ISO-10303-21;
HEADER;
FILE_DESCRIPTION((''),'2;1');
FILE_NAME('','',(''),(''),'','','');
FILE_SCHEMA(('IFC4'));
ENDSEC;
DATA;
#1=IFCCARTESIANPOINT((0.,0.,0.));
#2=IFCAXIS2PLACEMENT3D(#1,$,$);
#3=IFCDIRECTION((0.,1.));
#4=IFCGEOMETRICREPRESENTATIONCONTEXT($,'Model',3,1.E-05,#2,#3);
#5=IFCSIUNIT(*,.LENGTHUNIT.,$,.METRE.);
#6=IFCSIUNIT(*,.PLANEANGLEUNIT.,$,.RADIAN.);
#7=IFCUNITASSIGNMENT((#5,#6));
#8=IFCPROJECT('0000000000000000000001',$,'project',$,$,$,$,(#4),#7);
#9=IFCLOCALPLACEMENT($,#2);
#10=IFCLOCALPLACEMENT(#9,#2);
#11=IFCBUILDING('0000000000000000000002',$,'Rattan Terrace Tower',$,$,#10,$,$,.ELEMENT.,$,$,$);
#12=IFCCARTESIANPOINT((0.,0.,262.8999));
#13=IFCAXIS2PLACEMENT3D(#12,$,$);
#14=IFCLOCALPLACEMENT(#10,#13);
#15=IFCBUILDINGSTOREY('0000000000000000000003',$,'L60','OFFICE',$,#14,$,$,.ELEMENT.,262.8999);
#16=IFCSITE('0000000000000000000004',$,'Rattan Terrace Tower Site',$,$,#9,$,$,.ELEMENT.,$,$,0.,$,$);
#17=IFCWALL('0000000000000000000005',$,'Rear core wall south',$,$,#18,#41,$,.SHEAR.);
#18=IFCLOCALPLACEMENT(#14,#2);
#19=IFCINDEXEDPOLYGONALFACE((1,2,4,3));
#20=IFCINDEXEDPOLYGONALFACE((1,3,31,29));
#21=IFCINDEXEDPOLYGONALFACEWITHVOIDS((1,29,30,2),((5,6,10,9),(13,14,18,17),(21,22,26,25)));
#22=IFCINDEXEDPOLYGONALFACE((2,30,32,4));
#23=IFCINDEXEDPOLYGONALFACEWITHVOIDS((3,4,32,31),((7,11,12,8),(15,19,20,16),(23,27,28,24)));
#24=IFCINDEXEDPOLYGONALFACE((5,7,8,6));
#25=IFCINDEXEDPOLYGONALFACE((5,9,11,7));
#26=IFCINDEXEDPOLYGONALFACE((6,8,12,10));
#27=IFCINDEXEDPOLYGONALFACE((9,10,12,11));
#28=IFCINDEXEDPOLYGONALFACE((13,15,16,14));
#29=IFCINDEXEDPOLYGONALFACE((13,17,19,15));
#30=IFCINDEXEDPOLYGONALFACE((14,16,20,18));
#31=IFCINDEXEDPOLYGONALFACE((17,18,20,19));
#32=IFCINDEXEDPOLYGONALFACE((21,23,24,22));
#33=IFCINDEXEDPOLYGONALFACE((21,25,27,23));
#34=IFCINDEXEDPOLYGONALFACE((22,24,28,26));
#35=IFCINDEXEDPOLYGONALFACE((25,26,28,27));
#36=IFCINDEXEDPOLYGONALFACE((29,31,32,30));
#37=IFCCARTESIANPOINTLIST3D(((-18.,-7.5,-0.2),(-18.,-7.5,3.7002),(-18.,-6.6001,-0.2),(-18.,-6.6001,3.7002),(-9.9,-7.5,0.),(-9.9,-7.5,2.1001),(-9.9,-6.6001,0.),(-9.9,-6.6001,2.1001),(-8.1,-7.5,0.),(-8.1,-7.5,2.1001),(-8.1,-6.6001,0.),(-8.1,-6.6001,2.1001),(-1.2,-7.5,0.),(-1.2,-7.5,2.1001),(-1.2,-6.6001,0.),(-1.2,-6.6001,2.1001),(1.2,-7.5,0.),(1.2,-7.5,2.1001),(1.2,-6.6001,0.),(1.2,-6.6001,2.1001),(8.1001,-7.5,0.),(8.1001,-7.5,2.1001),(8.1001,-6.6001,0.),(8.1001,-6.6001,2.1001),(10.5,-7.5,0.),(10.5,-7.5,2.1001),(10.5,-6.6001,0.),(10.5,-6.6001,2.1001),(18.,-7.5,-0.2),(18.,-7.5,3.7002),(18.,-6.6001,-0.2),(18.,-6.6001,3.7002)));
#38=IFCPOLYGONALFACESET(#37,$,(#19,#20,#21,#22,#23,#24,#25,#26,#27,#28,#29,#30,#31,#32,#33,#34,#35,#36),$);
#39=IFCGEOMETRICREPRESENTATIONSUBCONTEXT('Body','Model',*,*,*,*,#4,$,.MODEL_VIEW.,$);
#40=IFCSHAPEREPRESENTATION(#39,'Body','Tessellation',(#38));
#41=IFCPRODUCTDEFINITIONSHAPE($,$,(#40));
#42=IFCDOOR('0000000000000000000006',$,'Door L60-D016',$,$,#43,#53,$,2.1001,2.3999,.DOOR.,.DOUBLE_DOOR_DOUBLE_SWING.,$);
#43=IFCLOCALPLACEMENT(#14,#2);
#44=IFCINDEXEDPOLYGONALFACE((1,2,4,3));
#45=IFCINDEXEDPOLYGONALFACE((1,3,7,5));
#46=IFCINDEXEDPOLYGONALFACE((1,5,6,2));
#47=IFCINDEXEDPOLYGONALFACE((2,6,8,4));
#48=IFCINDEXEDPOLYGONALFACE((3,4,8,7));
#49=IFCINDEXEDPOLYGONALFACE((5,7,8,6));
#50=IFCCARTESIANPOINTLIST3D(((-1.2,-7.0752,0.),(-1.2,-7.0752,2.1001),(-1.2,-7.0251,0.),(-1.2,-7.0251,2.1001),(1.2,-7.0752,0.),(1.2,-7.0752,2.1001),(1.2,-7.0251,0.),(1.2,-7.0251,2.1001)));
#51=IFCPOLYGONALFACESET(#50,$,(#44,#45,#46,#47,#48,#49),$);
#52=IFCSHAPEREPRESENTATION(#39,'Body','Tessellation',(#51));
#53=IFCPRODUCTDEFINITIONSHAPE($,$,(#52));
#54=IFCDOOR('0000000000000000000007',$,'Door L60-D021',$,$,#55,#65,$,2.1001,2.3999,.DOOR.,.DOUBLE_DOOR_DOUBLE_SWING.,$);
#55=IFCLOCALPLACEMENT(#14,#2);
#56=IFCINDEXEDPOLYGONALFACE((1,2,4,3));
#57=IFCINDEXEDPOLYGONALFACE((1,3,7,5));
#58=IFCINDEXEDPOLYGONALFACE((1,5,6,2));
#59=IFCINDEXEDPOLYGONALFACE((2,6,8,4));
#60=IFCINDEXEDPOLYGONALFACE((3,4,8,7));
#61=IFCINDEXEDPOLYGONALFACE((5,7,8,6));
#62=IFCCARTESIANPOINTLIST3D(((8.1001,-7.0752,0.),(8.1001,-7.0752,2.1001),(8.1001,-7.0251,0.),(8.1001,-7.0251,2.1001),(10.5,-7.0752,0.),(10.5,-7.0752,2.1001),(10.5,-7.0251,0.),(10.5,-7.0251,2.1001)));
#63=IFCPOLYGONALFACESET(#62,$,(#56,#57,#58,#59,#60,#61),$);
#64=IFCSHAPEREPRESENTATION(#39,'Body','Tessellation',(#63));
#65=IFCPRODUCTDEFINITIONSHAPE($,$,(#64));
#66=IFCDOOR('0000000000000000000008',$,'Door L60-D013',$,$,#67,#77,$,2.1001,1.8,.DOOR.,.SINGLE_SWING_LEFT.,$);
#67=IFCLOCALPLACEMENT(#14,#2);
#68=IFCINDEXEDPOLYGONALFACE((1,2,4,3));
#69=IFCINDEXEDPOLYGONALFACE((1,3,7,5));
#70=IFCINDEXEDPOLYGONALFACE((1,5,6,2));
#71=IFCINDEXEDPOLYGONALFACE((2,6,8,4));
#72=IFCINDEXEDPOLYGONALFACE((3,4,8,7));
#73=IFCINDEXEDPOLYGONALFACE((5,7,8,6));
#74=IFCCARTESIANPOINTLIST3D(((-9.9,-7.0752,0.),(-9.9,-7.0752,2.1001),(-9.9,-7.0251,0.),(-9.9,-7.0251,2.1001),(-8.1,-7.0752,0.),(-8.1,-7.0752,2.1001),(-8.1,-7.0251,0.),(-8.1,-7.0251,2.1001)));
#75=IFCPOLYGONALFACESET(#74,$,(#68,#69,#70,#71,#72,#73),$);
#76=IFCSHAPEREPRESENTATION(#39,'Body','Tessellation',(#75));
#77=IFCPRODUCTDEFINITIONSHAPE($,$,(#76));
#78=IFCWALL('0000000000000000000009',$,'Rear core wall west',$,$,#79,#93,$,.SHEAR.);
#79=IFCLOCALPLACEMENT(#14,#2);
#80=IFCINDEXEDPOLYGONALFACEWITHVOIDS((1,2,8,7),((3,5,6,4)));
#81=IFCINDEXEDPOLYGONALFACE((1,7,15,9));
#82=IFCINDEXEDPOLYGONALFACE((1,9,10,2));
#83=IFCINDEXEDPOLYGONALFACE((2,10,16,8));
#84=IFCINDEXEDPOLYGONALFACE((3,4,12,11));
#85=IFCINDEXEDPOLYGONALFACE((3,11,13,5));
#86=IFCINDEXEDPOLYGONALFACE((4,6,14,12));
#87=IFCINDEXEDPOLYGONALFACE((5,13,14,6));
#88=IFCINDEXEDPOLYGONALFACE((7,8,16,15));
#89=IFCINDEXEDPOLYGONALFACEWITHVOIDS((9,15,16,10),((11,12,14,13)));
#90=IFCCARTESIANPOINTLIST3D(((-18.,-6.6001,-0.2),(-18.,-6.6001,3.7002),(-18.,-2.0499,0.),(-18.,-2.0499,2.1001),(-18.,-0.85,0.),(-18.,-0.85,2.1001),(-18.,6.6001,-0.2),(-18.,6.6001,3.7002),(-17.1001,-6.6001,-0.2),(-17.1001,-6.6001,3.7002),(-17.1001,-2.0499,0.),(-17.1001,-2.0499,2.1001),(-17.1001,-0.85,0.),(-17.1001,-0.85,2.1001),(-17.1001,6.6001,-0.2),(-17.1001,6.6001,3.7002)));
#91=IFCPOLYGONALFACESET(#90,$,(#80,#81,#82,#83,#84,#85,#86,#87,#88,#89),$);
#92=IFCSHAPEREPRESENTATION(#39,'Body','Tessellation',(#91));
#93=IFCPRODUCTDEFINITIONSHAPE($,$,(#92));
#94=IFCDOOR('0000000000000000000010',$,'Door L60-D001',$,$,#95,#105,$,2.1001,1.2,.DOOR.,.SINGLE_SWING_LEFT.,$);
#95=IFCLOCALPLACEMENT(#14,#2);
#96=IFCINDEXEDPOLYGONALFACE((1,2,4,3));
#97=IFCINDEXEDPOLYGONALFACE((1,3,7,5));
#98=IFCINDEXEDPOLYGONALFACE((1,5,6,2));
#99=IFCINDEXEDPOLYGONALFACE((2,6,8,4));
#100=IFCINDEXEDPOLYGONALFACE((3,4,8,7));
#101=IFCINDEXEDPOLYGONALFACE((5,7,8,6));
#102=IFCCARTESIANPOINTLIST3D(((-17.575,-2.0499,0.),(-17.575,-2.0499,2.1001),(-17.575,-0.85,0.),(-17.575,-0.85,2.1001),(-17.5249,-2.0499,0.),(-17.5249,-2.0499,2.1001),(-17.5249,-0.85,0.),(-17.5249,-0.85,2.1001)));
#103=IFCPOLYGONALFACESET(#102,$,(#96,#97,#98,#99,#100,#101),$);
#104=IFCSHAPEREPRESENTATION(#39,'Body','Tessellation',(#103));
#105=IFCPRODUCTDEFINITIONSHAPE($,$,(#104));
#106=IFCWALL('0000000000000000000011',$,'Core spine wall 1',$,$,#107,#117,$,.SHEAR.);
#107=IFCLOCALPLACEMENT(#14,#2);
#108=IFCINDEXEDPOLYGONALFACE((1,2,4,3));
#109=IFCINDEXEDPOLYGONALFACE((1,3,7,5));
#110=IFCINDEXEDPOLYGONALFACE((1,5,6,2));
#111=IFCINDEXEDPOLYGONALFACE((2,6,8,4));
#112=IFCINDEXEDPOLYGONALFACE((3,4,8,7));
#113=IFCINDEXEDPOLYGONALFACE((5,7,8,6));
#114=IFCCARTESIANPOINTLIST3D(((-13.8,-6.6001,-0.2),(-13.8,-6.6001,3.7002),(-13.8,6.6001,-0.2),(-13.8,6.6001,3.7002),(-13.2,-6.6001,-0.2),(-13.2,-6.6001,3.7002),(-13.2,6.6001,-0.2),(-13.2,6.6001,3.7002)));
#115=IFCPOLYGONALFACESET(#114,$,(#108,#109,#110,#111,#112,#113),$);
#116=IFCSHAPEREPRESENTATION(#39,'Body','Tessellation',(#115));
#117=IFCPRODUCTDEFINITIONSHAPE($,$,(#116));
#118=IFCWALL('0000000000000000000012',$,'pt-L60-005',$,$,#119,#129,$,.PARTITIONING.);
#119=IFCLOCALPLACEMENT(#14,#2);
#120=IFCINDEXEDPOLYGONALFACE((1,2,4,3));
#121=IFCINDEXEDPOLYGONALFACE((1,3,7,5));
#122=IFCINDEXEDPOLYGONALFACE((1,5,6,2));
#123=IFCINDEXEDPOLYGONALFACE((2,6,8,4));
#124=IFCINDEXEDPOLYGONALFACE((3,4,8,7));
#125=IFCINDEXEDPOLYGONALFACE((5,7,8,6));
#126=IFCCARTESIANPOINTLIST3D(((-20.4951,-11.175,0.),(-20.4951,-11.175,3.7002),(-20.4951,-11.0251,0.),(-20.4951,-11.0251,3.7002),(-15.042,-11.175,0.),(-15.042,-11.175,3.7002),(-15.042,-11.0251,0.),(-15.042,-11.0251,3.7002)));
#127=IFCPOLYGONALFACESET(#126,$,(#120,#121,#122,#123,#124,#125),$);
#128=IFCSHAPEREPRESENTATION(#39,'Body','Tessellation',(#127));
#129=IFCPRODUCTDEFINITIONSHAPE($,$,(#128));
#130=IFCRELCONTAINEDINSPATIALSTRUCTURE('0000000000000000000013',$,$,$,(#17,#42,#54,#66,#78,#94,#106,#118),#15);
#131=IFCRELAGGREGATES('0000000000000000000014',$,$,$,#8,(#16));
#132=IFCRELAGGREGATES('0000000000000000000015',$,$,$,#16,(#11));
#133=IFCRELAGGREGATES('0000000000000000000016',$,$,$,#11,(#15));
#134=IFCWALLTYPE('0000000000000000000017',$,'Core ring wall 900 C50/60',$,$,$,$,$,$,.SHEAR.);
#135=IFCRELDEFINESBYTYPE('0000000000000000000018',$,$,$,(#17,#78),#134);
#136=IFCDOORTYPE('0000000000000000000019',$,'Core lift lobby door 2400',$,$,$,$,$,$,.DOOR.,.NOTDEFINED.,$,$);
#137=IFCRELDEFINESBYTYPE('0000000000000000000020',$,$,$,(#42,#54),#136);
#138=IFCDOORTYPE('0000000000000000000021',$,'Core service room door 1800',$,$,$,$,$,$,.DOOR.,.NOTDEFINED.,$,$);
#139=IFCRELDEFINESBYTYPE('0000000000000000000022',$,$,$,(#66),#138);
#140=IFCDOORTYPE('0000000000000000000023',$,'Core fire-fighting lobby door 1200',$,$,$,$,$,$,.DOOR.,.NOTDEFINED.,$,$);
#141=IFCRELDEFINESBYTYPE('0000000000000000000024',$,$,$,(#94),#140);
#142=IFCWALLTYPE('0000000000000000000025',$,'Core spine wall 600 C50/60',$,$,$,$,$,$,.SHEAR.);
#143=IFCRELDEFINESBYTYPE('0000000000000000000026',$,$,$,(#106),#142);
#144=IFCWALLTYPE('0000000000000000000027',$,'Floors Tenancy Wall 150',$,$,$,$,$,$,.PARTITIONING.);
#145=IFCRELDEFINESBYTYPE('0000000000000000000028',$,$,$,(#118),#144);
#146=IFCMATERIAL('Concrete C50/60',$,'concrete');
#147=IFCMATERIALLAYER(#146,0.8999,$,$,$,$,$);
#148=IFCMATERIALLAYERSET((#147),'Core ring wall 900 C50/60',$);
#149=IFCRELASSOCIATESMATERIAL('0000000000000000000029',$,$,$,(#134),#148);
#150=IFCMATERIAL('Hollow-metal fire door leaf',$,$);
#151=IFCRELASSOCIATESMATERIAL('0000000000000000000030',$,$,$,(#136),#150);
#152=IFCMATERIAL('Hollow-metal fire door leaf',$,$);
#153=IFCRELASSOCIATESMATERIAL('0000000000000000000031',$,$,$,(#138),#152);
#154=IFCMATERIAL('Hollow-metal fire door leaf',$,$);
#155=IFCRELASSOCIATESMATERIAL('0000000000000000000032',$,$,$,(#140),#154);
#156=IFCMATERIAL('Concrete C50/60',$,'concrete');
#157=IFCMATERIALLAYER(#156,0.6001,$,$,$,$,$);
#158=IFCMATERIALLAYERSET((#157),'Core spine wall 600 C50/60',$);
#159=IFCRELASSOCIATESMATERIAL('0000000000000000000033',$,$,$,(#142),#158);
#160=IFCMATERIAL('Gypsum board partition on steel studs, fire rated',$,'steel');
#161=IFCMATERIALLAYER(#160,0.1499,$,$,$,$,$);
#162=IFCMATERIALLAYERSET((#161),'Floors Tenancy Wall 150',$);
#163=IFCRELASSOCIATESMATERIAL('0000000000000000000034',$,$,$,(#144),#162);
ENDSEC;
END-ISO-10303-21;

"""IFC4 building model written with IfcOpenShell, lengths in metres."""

from ifc_helpers import new_model, si_unit, direction, frame, frame_2d, origin, place, context, subcontext, project, spatial, rectangle, extrude, material, layer, layer_set, type_object, element, fill, save


model = new_model("IFC4")

# Units and contexts
model_context = context("Model", 3, precision=1e-05, world=origin(), true_north=direction((0.0, 1.0)))
body_context = subcontext(model_context, "Body", "Model", "MODEL_VIEW")
ifc_project = project(units=[si_unit("LENGTHUNIT", "METRE"), si_unit("PLANEANGLEUNIT", "RADIAN")], contexts=[model_context])

# Site, building, storey
site_placement = place(None, origin())
site = spatial("IfcSite", under=ifc_project, at=site_placement, Name="Rattan Terrace Tower Site", CompositionType="ELEMENT", RefElevation=0.0)
building_placement = place(site_placement, origin())
building = spatial("IfcBuilding", under=site, at=building_placement, Name="Rattan Terrace Tower", CompositionType="ELEMENT")
storey_placement = place(building_placement, frame((0.0, 0.0, 262.8999)))
storey = spatial("IfcBuildingStorey", under=building, at=storey_placement, Name="L60", Description="OFFICE", CompositionType="ELEMENT", Elevation=262.8999)

# Wall, openings, doors
ifc_material_1 = material(Name="Concrete C50/60", Category="concrete")
ifc_layer_1 = layer(ifc_material_1, 0.8999)
ifc_layer_set_1 = layer_set([ifc_layer_1], Name="Core ring wall 900 C50/60")
wall_type_1 = type_object("IfcWallType", Name="Core ring wall 900 C50/60", PredefinedType="SHEAR", material=ifc_layer_set_1)
wall_1_placement = place(storey_placement, frame((-18.0, -7.05, -0.2), z_axis=(0.0, 0.0, 1.0), x_axis=(1.0, 0.0, 0.0)))
wall_1 = element("IfcWall", 1, at=wall_1_placement, inside=storey, type_object=wall_type_1, Name="Rear core wall south", PredefinedType="SHEAR", context=body_context, shape_type="SweptSolid", body=[
    extrude(rectangle(XDim=36.0, YDim=0.8999, at=frame_2d((18.0, 0.0))), origin(), (0.0, 0.0, 1.0), 3.9001),
])
opening_1_placement = place(wall_1_placement, frame((8.1001, 0.0, 0.2)))
opening_1 = element("IfcOpeningElement", 2, at=opening_1_placement, cuts=wall_1, PredefinedType="OPENING", context=body_context, shape_type="SweptSolid", body=[
    extrude(rectangle(XDim=1.8, YDim=2.1001, at=frame_2d((0.8999, 1.05))), frame((0.0, 0.4604, 0.0), z_axis=(0.0, -1.0, 0.0), x_axis=(1.0, 0.0, 0.0)), (0.0, 0.0, 1.0), 0.9209),
])
opening_2_placement = place(wall_1_placement, frame((16.8, 0.0, 0.2)))
opening_2 = element("IfcOpeningElement", 3, at=opening_2_placement, cuts=wall_1, PredefinedType="OPENING", context=body_context, shape_type="SweptSolid", body=[
    extrude(rectangle(XDim=2.3999, YDim=2.1001, at=frame_2d((1.2, 1.05))), frame((0.0, 0.4604, 0.0), z_axis=(0.0, -1.0, 0.0), x_axis=(1.0, 0.0, 0.0)), (0.0, 0.0, 1.0), 0.9209),
])
opening_3_placement = place(wall_1_placement, frame((26.1001, 0.0, 0.2)))
opening_3 = element("IfcOpeningElement", 4, at=opening_3_placement, cuts=wall_1, PredefinedType="OPENING", context=body_context, shape_type="SweptSolid", body=[
    extrude(rectangle(XDim=2.3999, YDim=2.1001, at=frame_2d((1.2, 1.05))), frame((0.0, 0.4604, 0.0), z_axis=(0.0, -1.0, 0.0), x_axis=(1.0, 0.0, 0.0)), (0.0, 0.0, 1.0), 0.9209),
])
ifc_material_2 = material(Name="Hollow-metal fire door leaf")
door_type_1 = type_object("IfcDoorType", Name="Core lift lobby door 2400", OperationType="NOTDEFINED", PredefinedType="DOOR", material=ifc_material_2)
door_1_placement = place(opening_2_placement, origin())
door_1 = element("IfcDoor", 5, at=door_1_placement, inside=storey, type_object=door_type_1, Name="Door L60-D016", OperationType="DOUBLE_DOOR_DOUBLE_SWING", OverallHeight=2.1001, OverallWidth=2.3999, PredefinedType="DOOR", context=body_context, shape_type="SweptSolid", body=[
    extrude(rectangle(XDim=2.3999, YDim=2.1001, at=frame_2d((1.2, 1.05))), frame((0.0, 0.0249, 0.0), z_axis=(0.0, -1.0, 0.0), x_axis=(1.0, 0.0, 0.0)), (0.0, 0.0, 1.0), 0.05),
])
fill(opening_2, door_1)
door_2_placement = place(opening_3_placement, origin())
door_2 = element("IfcDoor", 6, at=door_2_placement, inside=storey, type_object=door_type_1, Name="Door L60-D021", OperationType="DOUBLE_DOOR_DOUBLE_SWING", OverallHeight=2.1001, OverallWidth=2.3999, PredefinedType="DOOR", context=body_context, shape_type="SweptSolid", body=[
    extrude(rectangle(XDim=2.3999, YDim=2.1001, at=frame_2d((1.2, 1.05))), frame((0.0, 0.0249, 0.0), z_axis=(0.0, -1.0, 0.0), x_axis=(1.0, 0.0, 0.0)), (0.0, 0.0, 1.0), 0.05),
])
fill(opening_3, door_2)
ifc_material_3 = material(Name="Hollow-metal fire door leaf")
door_type_2 = type_object("IfcDoorType", Name="Core service room door 1800", OperationType="NOTDEFINED", PredefinedType="DOOR", material=ifc_material_3)
door_3_placement = place(opening_1_placement, origin())
door_3 = element("IfcDoor", 7, at=door_3_placement, inside=storey, type_object=door_type_2, Name="Door L60-D013", OperationType="SINGLE_SWING_LEFT", OverallHeight=2.1001, OverallWidth=1.8, PredefinedType="DOOR", context=body_context, shape_type="SweptSolid", body=[
    extrude(rectangle(XDim=1.8, YDim=2.1001, at=frame_2d((0.8999, 1.05))), frame((0.0, 0.0249, 0.0), z_axis=(0.0, -1.0, 0.0), x_axis=(1.0, 0.0, 0.0)), (0.0, 0.0, 1.0), 0.05),
])
fill(opening_1, door_3)

# Wall, opening, door
wall_2_placement = place(storey_placement, frame((-17.55, -6.6001, -0.2), z_axis=(0.0, 0.0, 1.0), x_axis=(0.0, 1.0, 0.0)))
wall_2 = element("IfcWall", 8, at=wall_2_placement, inside=storey, type_object=wall_type_1, Name="Rear core wall west", PredefinedType="SHEAR", context=body_context, shape_type="SweptSolid", body=[
    extrude(rectangle(XDim=13.2002, YDim=0.8999, at=frame_2d((6.6001, 0.0))), origin(), (0.0, 0.0, 1.0), 3.9001),
])
opening_4_placement = place(wall_2_placement, frame((4.55, 0.0, 0.2)))
opening_4 = element("IfcOpeningElement", 9, at=opening_4_placement, cuts=wall_2, PredefinedType="OPENING", context=body_context, shape_type="SweptSolid", body=[
    extrude(rectangle(XDim=1.2, YDim=2.1001, at=frame_2d((0.6001, 1.05))), frame((0.0, 0.4604, 0.0), z_axis=(0.0, -1.0, 0.0), x_axis=(1.0, 0.0, 0.0)), (0.0, 0.0, 1.0), 0.9209),
])
ifc_material_4 = material(Name="Hollow-metal fire door leaf")
door_type_3 = type_object("IfcDoorType", Name="Core fire-fighting lobby door 1200", OperationType="NOTDEFINED", PredefinedType="DOOR", material=ifc_material_4)
door_4_placement = place(opening_4_placement, origin())
door_4 = element("IfcDoor", 10, at=door_4_placement, inside=storey, type_object=door_type_3, Name="Door L60-D001", OperationType="SINGLE_SWING_LEFT", OverallHeight=2.1001, OverallWidth=1.2, PredefinedType="DOOR", context=body_context, shape_type="SweptSolid", body=[
    extrude(rectangle(XDim=1.2, YDim=2.1001, at=frame_2d((0.6001, 1.05))), frame((0.0, 0.0249, 0.0), z_axis=(0.0, -1.0, 0.0), x_axis=(1.0, 0.0, 0.0)), (0.0, 0.0, 1.0), 0.05),
])
fill(opening_4, door_4)

# Walls
ifc_material_5 = material(Name="Concrete C50/60", Category="concrete")
ifc_layer_2 = layer(ifc_material_5, 0.6001)
ifc_layer_set_2 = layer_set([ifc_layer_2], Name="Core spine wall 600 C50/60")
wall_type_2 = type_object("IfcWallType", Name="Core spine wall 600 C50/60", PredefinedType="SHEAR", material=ifc_layer_set_2)
wall_3_placement = place(storey_placement, frame((-13.5, -6.6001, -0.2), z_axis=(0.0, 0.0, 1.0), x_axis=(0.0, 1.0, 0.0)))
element("IfcWall", 11, at=wall_3_placement, inside=storey, type_object=wall_type_2, Name="Core spine wall 1", PredefinedType="SHEAR", context=body_context, shape_type="SweptSolid", body=[
    extrude(rectangle(XDim=13.2002, YDim=0.6001, at=frame_2d((6.6001, 0.0))), origin(), (0.0, 0.0, 1.0), 3.9001),
])
ifc_material_6 = material(Name="Gypsum board partition on steel studs, fire rated", Category="steel")
ifc_layer_3 = layer(ifc_material_6, 0.1499)
ifc_layer_set_3 = layer_set([ifc_layer_3], Name="Floors Tenancy Wall 150")
wall_type_3 = type_object("IfcWallType", Name="Floors Tenancy Wall 150", PredefinedType="PARTITIONING", material=ifc_layer_set_3)
wall_4_placement = place(storey_placement, frame((-15.042, -11.1001, 0.0), z_axis=(0.0, 0.0, 1.0), x_axis=(-1.0, 0.0, 0.0)))
element("IfcWall", 12, at=wall_4_placement, inside=storey, type_object=wall_type_3, Name="pt-L60-005", PredefinedType="PARTITIONING", context=body_context, shape_type="SweptSolid", body=[
    extrude(rectangle(XDim=5.4531, YDim=0.1499, at=frame_2d((2.7266, 0.0))), origin(), (0.0, 0.0, 1.0), 3.7002),
])

save(model, "model.ifc")
